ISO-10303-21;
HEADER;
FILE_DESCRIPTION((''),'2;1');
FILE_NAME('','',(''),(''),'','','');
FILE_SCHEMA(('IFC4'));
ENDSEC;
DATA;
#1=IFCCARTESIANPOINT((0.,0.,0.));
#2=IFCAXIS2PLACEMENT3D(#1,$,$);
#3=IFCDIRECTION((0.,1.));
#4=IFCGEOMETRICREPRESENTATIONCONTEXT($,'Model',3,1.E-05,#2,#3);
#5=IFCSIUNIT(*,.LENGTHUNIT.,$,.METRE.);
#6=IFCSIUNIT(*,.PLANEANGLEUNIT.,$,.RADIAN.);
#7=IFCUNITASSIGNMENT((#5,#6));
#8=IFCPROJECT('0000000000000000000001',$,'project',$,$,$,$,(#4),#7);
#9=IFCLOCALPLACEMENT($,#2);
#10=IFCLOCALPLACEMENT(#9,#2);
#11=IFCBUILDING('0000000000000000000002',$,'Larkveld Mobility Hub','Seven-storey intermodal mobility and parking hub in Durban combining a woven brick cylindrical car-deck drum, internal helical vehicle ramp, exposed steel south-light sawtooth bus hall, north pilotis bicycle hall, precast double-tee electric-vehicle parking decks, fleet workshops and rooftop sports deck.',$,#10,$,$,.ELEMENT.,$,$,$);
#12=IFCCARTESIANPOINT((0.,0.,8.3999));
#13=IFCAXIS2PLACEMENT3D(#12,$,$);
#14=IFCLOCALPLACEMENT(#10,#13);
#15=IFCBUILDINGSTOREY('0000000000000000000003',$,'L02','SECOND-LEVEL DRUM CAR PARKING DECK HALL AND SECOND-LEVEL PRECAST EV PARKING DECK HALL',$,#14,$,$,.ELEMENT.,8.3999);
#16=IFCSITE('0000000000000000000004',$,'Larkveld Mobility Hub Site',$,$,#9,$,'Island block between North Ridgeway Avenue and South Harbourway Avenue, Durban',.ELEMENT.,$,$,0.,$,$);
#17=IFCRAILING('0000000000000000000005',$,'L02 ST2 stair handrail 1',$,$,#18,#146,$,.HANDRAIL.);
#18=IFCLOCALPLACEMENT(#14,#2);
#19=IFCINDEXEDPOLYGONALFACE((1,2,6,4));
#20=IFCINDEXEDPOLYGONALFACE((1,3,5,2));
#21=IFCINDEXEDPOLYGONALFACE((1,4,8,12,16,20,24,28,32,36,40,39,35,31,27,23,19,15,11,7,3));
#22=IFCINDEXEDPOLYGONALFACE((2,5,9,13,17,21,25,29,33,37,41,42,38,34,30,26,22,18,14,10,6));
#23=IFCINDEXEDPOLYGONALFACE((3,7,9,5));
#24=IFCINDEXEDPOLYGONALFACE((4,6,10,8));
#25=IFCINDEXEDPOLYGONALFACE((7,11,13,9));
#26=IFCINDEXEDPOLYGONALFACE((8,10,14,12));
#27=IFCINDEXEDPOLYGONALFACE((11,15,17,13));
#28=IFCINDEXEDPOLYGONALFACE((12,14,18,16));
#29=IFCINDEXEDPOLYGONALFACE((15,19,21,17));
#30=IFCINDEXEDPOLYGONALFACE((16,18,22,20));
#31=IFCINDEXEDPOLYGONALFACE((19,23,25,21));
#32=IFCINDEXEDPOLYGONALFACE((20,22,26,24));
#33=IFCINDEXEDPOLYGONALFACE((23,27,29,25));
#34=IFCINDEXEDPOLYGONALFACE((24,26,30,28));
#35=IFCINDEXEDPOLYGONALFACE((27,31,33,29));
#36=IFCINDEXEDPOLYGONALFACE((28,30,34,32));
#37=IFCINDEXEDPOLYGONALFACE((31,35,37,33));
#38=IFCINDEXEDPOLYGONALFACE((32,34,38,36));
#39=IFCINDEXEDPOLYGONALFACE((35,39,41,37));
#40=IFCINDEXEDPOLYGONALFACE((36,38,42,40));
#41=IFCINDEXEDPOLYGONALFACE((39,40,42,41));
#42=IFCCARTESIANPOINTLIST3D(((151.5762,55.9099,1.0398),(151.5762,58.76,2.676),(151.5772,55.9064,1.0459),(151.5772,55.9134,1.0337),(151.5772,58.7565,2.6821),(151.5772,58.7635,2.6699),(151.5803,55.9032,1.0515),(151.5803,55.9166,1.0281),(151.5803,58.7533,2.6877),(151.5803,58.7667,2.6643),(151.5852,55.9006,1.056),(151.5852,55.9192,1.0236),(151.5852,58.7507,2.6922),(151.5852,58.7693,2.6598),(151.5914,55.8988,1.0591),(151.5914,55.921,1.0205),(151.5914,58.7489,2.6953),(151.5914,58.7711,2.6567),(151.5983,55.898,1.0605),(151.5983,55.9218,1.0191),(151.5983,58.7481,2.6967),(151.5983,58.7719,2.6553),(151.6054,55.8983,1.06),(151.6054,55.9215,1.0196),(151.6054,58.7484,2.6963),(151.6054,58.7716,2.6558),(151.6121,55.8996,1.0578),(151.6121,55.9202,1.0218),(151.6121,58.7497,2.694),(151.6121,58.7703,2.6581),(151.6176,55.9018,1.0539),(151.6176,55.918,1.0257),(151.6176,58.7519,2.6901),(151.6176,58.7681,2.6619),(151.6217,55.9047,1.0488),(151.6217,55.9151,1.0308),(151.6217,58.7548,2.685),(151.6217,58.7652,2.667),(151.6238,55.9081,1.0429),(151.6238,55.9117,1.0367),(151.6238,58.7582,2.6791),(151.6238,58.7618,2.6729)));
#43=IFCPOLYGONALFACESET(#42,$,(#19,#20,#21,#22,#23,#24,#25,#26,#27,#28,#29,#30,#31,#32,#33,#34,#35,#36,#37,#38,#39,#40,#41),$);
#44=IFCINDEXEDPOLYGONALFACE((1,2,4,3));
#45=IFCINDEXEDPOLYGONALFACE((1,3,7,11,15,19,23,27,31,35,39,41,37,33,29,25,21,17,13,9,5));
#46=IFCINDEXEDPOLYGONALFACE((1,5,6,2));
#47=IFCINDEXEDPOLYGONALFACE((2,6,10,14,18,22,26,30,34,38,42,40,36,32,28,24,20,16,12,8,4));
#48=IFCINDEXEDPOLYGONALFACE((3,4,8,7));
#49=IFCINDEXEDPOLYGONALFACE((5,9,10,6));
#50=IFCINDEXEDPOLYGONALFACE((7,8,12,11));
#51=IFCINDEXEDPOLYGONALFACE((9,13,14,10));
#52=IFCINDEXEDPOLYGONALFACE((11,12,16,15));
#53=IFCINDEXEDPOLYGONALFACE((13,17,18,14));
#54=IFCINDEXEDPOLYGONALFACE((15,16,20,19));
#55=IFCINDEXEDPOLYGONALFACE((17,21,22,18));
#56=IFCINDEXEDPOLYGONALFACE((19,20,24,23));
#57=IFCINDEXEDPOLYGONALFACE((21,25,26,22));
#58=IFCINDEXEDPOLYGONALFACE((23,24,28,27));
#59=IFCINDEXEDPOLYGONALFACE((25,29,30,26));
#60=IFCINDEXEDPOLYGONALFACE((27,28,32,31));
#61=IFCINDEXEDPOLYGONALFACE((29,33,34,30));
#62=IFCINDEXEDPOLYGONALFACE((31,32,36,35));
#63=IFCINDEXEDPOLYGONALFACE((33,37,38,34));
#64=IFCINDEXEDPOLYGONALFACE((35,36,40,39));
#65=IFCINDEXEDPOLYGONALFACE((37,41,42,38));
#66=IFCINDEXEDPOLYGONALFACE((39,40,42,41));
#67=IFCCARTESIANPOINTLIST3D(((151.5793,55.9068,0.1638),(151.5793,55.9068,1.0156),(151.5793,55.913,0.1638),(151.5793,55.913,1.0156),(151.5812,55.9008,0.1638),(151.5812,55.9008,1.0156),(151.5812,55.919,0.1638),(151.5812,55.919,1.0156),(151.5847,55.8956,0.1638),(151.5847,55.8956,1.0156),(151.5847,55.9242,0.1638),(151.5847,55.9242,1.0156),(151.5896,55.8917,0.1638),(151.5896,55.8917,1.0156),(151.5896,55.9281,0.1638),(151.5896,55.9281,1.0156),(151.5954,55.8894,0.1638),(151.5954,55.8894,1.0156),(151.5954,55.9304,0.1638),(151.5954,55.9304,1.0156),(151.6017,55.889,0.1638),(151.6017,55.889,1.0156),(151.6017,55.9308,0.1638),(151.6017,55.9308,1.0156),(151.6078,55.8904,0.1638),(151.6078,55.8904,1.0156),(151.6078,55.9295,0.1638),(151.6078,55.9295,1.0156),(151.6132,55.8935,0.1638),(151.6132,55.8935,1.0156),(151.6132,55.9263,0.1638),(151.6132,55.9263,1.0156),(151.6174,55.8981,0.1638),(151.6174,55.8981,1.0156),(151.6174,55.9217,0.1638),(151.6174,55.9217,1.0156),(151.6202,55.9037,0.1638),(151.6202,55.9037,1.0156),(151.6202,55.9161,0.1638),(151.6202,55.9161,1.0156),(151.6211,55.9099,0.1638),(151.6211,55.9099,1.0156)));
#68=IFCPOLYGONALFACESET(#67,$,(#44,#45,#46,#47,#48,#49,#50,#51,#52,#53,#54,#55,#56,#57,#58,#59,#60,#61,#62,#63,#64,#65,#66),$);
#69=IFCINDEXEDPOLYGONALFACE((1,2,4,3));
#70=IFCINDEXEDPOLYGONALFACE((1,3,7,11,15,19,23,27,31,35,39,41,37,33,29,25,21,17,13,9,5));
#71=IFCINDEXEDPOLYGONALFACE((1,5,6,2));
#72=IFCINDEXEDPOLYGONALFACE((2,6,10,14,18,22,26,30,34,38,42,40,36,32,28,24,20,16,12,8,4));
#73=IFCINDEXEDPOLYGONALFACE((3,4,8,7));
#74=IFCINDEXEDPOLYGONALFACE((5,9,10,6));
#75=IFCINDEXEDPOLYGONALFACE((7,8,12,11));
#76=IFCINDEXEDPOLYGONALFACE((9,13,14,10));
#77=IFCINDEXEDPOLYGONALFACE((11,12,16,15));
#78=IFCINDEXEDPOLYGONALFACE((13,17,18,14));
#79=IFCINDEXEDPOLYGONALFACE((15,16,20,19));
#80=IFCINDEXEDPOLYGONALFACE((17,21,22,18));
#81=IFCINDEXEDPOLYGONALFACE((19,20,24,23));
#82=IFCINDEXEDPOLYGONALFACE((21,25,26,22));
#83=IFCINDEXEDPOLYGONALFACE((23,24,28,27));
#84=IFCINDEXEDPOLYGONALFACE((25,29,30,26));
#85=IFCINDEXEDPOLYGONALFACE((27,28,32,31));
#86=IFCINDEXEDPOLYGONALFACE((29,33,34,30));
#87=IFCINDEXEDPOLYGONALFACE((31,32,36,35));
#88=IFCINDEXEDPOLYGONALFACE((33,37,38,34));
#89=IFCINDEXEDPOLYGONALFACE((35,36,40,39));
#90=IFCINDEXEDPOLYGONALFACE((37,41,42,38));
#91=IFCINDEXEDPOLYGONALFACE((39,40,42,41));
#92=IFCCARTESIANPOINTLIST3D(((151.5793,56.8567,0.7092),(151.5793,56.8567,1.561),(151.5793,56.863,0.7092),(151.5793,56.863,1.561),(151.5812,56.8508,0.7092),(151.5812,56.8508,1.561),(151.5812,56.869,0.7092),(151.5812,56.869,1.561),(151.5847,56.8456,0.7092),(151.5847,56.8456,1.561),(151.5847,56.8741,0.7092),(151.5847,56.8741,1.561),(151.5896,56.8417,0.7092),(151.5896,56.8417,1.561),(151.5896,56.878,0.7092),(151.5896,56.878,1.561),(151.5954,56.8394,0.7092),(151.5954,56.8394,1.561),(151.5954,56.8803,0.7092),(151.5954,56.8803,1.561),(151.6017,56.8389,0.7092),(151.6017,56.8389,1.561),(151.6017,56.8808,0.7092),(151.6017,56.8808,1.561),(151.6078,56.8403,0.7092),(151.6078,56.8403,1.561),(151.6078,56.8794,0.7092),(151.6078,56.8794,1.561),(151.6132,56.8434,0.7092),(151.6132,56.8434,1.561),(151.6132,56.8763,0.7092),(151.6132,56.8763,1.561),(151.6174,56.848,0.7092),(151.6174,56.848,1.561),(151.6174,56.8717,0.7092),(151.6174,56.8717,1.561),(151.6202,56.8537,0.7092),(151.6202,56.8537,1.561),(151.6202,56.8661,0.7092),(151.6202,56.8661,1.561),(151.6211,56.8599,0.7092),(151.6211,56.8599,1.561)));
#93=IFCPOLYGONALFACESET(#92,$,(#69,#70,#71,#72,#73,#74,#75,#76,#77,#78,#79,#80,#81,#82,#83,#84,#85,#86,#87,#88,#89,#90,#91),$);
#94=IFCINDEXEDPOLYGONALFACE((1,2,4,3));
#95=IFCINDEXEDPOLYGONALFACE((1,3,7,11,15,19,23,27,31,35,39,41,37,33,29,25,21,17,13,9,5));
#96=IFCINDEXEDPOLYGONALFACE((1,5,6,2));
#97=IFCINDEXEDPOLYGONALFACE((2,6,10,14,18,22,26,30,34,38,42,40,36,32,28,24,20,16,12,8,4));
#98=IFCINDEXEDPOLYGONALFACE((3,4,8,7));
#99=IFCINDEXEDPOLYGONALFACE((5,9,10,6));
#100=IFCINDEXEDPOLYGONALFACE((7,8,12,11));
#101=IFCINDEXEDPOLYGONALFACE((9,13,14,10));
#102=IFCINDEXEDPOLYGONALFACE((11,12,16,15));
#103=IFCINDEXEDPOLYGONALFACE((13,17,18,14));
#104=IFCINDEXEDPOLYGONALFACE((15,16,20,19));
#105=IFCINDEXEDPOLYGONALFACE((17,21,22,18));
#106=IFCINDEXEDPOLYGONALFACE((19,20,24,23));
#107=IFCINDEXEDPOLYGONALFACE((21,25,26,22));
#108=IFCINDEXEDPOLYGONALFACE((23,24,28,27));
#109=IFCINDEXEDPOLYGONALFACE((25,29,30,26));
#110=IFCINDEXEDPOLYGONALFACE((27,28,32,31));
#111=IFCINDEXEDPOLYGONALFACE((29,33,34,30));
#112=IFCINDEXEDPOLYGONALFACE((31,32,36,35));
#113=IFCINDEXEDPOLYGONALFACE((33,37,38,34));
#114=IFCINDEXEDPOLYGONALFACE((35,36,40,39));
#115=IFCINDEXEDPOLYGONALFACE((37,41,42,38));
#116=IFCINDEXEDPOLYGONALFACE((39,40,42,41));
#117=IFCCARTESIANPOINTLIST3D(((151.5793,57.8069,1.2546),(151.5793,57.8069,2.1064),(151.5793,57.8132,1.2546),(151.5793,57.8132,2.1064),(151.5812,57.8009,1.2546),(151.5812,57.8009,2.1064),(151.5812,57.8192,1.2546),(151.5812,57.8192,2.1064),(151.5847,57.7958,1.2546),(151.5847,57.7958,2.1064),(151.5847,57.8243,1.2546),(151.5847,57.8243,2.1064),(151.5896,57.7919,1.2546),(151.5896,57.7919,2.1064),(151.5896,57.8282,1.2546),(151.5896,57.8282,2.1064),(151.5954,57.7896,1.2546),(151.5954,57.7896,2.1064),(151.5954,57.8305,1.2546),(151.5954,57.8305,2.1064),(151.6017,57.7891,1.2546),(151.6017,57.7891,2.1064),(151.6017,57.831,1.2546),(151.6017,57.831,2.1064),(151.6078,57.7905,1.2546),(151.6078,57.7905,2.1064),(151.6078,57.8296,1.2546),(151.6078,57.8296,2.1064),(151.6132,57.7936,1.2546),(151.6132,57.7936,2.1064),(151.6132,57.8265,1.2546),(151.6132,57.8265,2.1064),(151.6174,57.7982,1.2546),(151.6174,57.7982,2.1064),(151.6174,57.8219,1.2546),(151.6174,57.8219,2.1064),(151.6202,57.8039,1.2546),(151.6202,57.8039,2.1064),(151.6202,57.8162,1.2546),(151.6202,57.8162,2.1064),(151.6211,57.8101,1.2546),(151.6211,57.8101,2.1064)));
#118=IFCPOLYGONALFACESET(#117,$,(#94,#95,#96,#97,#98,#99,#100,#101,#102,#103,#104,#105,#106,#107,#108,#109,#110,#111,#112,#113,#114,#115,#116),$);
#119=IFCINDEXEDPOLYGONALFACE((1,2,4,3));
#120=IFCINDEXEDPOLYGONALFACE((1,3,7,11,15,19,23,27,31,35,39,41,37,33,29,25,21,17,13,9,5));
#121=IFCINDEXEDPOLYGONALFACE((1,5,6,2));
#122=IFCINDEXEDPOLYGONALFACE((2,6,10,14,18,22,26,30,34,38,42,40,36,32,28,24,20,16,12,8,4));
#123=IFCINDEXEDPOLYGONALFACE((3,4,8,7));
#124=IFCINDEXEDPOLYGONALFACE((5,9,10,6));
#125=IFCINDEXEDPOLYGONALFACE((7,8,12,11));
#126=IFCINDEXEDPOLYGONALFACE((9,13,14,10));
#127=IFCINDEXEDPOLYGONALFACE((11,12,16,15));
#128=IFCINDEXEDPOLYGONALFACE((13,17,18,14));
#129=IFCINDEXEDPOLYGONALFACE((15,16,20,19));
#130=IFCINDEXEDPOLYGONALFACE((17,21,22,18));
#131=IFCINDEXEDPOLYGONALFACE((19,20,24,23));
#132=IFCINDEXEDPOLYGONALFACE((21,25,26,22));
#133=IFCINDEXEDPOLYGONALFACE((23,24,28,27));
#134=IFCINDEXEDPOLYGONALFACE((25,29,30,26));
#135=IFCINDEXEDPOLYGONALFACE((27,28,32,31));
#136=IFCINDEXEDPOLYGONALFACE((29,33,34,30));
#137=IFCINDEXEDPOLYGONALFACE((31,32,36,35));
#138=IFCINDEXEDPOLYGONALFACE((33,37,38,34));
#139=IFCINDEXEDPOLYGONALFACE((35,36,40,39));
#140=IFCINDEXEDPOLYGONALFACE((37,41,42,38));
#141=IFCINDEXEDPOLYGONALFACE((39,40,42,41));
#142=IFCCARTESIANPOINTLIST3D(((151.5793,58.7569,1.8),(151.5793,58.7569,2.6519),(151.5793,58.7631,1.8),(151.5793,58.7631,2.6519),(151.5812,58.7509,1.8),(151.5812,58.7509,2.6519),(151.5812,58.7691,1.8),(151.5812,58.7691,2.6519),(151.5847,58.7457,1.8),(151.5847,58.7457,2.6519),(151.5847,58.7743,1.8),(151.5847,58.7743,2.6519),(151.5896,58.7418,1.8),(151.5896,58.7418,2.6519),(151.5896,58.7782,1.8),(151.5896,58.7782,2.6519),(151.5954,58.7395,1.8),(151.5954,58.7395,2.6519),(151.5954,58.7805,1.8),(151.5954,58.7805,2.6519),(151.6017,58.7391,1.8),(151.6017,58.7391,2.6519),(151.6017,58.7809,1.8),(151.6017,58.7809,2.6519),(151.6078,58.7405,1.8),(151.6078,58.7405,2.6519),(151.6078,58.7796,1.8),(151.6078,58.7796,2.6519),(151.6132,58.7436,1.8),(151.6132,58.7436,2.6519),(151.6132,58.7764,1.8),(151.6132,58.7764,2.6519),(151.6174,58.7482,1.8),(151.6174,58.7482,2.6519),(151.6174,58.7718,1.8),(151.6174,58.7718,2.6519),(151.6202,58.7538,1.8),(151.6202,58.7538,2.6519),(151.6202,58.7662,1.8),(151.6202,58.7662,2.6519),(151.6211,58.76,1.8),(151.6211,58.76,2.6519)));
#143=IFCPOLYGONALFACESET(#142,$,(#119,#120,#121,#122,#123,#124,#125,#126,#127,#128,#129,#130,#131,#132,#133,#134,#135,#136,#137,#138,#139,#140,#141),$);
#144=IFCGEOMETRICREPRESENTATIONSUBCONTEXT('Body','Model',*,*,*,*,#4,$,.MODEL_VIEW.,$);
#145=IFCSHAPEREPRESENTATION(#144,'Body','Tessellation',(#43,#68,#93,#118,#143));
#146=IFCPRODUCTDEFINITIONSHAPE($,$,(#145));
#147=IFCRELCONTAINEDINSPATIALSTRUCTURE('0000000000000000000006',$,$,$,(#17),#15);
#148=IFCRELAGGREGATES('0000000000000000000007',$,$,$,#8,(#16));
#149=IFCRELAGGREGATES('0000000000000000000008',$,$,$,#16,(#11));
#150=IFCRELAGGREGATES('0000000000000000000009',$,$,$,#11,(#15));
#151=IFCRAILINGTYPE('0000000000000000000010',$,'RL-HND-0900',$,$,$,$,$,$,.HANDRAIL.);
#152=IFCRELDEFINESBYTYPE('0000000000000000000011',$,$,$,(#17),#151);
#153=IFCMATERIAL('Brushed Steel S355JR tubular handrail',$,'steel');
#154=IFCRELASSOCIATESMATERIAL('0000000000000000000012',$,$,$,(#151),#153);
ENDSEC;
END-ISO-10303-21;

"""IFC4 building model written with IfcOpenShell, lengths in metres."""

from ifc_helpers import new_model, si_unit, direction, frame, origin, origin_2d, place, context, subcontext, project, spatial, circle, extrude, material, type_object, element, save


model = new_model("IFC4")

# Units and contexts
model_context = context("Model", 3, precision=1e-05, world=origin(), true_north=direction((0.0, 1.0)))
body_context = subcontext(model_context, "Body", "Model", "MODEL_VIEW")
ifc_project = project(units=[si_unit("LENGTHUNIT", "METRE"), si_unit("PLANEANGLEUNIT", "RADIAN")], contexts=[model_context])

# Site, building, storey
site_placement = place(None, origin())
site = spatial("IfcSite", under=ifc_project, at=site_placement, Name="Larkveld Mobility Hub Site", LongName="Island block between North Ridgeway Avenue and South Harbourway Avenue, Durban", CompositionType="ELEMENT", RefElevation=0.0)
building_placement = place(site_placement, origin())
building = spatial("IfcBuilding", under=site, at=building_placement, Name="Larkveld Mobility Hub", Description="Seven-storey intermodal mobility and parking hub in Durban combining a woven brick cylindrical car-deck drum, internal helical vehicle ramp, exposed steel south-light sawtooth bus hall, north pilotis bicycle hall, precast double-tee electric-vehicle parking decks, fleet workshops and rooftop sports deck.", CompositionType="ELEMENT")
storey_placement = place(building_placement, frame((0.0, 0.0, 8.3999)))
storey = spatial("IfcBuildingStorey", under=building, at=storey_placement, Name="L02", Description="SECOND-LEVEL DRUM CAR PARKING DECK HALL AND SECOND-LEVEL PRECAST EV PARKING DECK HALL", CompositionType="ELEMENT", Elevation=8.3999)

# Railing
ifc_material_1 = material(Name="Brushed Steel S355JR tubular handrail", Category="steel")
railing_type_1 = type_object("IfcRailingType", Name="RL-HND-0900", PredefinedType="HANDRAIL", material=ifc_material_1)
railing_1_placement = place(storey_placement, frame((151.6001, 55.9099, 0.1638)))
element("IfcRailing", 1, at=railing_1_placement, inside=storey, type_object=railing_type_1, Name="L02 ST2 stair handrail 1", PredefinedType="HANDRAIL", context=body_context, shape_type="SweptSolid", body=[
    extrude(circle(Radius=0.0239, at=origin_2d()), frame((0.0, 0.0, 0.876), z_axis=(0.0, 0.867245, 0.497882), x_axis=(-1.0, 0.0, 0.0)), (0.0, 0.0, 1.0), 3.2864),
    extrude(circle(Radius=0.021, at=origin_2d()), origin(), (0.0, 0.0, 1.0), 0.8518),
    extrude(circle(Radius=0.021, at=origin_2d()), frame((0.0, 0.95, 0.5454)), (0.0, 0.0, 1.0), 0.8518),
    extrude(circle(Radius=0.021, at=origin_2d()), frame((0.0, 1.9001, 1.0908)), (0.0, 0.0, 1.0), 0.8518),
    extrude(circle(Radius=0.021, at=origin_2d()), frame((0.0, 2.8501, 1.6362)), (0.0, 0.0, 1.0), 0.8518),
])

save(model, "model.ifc")
